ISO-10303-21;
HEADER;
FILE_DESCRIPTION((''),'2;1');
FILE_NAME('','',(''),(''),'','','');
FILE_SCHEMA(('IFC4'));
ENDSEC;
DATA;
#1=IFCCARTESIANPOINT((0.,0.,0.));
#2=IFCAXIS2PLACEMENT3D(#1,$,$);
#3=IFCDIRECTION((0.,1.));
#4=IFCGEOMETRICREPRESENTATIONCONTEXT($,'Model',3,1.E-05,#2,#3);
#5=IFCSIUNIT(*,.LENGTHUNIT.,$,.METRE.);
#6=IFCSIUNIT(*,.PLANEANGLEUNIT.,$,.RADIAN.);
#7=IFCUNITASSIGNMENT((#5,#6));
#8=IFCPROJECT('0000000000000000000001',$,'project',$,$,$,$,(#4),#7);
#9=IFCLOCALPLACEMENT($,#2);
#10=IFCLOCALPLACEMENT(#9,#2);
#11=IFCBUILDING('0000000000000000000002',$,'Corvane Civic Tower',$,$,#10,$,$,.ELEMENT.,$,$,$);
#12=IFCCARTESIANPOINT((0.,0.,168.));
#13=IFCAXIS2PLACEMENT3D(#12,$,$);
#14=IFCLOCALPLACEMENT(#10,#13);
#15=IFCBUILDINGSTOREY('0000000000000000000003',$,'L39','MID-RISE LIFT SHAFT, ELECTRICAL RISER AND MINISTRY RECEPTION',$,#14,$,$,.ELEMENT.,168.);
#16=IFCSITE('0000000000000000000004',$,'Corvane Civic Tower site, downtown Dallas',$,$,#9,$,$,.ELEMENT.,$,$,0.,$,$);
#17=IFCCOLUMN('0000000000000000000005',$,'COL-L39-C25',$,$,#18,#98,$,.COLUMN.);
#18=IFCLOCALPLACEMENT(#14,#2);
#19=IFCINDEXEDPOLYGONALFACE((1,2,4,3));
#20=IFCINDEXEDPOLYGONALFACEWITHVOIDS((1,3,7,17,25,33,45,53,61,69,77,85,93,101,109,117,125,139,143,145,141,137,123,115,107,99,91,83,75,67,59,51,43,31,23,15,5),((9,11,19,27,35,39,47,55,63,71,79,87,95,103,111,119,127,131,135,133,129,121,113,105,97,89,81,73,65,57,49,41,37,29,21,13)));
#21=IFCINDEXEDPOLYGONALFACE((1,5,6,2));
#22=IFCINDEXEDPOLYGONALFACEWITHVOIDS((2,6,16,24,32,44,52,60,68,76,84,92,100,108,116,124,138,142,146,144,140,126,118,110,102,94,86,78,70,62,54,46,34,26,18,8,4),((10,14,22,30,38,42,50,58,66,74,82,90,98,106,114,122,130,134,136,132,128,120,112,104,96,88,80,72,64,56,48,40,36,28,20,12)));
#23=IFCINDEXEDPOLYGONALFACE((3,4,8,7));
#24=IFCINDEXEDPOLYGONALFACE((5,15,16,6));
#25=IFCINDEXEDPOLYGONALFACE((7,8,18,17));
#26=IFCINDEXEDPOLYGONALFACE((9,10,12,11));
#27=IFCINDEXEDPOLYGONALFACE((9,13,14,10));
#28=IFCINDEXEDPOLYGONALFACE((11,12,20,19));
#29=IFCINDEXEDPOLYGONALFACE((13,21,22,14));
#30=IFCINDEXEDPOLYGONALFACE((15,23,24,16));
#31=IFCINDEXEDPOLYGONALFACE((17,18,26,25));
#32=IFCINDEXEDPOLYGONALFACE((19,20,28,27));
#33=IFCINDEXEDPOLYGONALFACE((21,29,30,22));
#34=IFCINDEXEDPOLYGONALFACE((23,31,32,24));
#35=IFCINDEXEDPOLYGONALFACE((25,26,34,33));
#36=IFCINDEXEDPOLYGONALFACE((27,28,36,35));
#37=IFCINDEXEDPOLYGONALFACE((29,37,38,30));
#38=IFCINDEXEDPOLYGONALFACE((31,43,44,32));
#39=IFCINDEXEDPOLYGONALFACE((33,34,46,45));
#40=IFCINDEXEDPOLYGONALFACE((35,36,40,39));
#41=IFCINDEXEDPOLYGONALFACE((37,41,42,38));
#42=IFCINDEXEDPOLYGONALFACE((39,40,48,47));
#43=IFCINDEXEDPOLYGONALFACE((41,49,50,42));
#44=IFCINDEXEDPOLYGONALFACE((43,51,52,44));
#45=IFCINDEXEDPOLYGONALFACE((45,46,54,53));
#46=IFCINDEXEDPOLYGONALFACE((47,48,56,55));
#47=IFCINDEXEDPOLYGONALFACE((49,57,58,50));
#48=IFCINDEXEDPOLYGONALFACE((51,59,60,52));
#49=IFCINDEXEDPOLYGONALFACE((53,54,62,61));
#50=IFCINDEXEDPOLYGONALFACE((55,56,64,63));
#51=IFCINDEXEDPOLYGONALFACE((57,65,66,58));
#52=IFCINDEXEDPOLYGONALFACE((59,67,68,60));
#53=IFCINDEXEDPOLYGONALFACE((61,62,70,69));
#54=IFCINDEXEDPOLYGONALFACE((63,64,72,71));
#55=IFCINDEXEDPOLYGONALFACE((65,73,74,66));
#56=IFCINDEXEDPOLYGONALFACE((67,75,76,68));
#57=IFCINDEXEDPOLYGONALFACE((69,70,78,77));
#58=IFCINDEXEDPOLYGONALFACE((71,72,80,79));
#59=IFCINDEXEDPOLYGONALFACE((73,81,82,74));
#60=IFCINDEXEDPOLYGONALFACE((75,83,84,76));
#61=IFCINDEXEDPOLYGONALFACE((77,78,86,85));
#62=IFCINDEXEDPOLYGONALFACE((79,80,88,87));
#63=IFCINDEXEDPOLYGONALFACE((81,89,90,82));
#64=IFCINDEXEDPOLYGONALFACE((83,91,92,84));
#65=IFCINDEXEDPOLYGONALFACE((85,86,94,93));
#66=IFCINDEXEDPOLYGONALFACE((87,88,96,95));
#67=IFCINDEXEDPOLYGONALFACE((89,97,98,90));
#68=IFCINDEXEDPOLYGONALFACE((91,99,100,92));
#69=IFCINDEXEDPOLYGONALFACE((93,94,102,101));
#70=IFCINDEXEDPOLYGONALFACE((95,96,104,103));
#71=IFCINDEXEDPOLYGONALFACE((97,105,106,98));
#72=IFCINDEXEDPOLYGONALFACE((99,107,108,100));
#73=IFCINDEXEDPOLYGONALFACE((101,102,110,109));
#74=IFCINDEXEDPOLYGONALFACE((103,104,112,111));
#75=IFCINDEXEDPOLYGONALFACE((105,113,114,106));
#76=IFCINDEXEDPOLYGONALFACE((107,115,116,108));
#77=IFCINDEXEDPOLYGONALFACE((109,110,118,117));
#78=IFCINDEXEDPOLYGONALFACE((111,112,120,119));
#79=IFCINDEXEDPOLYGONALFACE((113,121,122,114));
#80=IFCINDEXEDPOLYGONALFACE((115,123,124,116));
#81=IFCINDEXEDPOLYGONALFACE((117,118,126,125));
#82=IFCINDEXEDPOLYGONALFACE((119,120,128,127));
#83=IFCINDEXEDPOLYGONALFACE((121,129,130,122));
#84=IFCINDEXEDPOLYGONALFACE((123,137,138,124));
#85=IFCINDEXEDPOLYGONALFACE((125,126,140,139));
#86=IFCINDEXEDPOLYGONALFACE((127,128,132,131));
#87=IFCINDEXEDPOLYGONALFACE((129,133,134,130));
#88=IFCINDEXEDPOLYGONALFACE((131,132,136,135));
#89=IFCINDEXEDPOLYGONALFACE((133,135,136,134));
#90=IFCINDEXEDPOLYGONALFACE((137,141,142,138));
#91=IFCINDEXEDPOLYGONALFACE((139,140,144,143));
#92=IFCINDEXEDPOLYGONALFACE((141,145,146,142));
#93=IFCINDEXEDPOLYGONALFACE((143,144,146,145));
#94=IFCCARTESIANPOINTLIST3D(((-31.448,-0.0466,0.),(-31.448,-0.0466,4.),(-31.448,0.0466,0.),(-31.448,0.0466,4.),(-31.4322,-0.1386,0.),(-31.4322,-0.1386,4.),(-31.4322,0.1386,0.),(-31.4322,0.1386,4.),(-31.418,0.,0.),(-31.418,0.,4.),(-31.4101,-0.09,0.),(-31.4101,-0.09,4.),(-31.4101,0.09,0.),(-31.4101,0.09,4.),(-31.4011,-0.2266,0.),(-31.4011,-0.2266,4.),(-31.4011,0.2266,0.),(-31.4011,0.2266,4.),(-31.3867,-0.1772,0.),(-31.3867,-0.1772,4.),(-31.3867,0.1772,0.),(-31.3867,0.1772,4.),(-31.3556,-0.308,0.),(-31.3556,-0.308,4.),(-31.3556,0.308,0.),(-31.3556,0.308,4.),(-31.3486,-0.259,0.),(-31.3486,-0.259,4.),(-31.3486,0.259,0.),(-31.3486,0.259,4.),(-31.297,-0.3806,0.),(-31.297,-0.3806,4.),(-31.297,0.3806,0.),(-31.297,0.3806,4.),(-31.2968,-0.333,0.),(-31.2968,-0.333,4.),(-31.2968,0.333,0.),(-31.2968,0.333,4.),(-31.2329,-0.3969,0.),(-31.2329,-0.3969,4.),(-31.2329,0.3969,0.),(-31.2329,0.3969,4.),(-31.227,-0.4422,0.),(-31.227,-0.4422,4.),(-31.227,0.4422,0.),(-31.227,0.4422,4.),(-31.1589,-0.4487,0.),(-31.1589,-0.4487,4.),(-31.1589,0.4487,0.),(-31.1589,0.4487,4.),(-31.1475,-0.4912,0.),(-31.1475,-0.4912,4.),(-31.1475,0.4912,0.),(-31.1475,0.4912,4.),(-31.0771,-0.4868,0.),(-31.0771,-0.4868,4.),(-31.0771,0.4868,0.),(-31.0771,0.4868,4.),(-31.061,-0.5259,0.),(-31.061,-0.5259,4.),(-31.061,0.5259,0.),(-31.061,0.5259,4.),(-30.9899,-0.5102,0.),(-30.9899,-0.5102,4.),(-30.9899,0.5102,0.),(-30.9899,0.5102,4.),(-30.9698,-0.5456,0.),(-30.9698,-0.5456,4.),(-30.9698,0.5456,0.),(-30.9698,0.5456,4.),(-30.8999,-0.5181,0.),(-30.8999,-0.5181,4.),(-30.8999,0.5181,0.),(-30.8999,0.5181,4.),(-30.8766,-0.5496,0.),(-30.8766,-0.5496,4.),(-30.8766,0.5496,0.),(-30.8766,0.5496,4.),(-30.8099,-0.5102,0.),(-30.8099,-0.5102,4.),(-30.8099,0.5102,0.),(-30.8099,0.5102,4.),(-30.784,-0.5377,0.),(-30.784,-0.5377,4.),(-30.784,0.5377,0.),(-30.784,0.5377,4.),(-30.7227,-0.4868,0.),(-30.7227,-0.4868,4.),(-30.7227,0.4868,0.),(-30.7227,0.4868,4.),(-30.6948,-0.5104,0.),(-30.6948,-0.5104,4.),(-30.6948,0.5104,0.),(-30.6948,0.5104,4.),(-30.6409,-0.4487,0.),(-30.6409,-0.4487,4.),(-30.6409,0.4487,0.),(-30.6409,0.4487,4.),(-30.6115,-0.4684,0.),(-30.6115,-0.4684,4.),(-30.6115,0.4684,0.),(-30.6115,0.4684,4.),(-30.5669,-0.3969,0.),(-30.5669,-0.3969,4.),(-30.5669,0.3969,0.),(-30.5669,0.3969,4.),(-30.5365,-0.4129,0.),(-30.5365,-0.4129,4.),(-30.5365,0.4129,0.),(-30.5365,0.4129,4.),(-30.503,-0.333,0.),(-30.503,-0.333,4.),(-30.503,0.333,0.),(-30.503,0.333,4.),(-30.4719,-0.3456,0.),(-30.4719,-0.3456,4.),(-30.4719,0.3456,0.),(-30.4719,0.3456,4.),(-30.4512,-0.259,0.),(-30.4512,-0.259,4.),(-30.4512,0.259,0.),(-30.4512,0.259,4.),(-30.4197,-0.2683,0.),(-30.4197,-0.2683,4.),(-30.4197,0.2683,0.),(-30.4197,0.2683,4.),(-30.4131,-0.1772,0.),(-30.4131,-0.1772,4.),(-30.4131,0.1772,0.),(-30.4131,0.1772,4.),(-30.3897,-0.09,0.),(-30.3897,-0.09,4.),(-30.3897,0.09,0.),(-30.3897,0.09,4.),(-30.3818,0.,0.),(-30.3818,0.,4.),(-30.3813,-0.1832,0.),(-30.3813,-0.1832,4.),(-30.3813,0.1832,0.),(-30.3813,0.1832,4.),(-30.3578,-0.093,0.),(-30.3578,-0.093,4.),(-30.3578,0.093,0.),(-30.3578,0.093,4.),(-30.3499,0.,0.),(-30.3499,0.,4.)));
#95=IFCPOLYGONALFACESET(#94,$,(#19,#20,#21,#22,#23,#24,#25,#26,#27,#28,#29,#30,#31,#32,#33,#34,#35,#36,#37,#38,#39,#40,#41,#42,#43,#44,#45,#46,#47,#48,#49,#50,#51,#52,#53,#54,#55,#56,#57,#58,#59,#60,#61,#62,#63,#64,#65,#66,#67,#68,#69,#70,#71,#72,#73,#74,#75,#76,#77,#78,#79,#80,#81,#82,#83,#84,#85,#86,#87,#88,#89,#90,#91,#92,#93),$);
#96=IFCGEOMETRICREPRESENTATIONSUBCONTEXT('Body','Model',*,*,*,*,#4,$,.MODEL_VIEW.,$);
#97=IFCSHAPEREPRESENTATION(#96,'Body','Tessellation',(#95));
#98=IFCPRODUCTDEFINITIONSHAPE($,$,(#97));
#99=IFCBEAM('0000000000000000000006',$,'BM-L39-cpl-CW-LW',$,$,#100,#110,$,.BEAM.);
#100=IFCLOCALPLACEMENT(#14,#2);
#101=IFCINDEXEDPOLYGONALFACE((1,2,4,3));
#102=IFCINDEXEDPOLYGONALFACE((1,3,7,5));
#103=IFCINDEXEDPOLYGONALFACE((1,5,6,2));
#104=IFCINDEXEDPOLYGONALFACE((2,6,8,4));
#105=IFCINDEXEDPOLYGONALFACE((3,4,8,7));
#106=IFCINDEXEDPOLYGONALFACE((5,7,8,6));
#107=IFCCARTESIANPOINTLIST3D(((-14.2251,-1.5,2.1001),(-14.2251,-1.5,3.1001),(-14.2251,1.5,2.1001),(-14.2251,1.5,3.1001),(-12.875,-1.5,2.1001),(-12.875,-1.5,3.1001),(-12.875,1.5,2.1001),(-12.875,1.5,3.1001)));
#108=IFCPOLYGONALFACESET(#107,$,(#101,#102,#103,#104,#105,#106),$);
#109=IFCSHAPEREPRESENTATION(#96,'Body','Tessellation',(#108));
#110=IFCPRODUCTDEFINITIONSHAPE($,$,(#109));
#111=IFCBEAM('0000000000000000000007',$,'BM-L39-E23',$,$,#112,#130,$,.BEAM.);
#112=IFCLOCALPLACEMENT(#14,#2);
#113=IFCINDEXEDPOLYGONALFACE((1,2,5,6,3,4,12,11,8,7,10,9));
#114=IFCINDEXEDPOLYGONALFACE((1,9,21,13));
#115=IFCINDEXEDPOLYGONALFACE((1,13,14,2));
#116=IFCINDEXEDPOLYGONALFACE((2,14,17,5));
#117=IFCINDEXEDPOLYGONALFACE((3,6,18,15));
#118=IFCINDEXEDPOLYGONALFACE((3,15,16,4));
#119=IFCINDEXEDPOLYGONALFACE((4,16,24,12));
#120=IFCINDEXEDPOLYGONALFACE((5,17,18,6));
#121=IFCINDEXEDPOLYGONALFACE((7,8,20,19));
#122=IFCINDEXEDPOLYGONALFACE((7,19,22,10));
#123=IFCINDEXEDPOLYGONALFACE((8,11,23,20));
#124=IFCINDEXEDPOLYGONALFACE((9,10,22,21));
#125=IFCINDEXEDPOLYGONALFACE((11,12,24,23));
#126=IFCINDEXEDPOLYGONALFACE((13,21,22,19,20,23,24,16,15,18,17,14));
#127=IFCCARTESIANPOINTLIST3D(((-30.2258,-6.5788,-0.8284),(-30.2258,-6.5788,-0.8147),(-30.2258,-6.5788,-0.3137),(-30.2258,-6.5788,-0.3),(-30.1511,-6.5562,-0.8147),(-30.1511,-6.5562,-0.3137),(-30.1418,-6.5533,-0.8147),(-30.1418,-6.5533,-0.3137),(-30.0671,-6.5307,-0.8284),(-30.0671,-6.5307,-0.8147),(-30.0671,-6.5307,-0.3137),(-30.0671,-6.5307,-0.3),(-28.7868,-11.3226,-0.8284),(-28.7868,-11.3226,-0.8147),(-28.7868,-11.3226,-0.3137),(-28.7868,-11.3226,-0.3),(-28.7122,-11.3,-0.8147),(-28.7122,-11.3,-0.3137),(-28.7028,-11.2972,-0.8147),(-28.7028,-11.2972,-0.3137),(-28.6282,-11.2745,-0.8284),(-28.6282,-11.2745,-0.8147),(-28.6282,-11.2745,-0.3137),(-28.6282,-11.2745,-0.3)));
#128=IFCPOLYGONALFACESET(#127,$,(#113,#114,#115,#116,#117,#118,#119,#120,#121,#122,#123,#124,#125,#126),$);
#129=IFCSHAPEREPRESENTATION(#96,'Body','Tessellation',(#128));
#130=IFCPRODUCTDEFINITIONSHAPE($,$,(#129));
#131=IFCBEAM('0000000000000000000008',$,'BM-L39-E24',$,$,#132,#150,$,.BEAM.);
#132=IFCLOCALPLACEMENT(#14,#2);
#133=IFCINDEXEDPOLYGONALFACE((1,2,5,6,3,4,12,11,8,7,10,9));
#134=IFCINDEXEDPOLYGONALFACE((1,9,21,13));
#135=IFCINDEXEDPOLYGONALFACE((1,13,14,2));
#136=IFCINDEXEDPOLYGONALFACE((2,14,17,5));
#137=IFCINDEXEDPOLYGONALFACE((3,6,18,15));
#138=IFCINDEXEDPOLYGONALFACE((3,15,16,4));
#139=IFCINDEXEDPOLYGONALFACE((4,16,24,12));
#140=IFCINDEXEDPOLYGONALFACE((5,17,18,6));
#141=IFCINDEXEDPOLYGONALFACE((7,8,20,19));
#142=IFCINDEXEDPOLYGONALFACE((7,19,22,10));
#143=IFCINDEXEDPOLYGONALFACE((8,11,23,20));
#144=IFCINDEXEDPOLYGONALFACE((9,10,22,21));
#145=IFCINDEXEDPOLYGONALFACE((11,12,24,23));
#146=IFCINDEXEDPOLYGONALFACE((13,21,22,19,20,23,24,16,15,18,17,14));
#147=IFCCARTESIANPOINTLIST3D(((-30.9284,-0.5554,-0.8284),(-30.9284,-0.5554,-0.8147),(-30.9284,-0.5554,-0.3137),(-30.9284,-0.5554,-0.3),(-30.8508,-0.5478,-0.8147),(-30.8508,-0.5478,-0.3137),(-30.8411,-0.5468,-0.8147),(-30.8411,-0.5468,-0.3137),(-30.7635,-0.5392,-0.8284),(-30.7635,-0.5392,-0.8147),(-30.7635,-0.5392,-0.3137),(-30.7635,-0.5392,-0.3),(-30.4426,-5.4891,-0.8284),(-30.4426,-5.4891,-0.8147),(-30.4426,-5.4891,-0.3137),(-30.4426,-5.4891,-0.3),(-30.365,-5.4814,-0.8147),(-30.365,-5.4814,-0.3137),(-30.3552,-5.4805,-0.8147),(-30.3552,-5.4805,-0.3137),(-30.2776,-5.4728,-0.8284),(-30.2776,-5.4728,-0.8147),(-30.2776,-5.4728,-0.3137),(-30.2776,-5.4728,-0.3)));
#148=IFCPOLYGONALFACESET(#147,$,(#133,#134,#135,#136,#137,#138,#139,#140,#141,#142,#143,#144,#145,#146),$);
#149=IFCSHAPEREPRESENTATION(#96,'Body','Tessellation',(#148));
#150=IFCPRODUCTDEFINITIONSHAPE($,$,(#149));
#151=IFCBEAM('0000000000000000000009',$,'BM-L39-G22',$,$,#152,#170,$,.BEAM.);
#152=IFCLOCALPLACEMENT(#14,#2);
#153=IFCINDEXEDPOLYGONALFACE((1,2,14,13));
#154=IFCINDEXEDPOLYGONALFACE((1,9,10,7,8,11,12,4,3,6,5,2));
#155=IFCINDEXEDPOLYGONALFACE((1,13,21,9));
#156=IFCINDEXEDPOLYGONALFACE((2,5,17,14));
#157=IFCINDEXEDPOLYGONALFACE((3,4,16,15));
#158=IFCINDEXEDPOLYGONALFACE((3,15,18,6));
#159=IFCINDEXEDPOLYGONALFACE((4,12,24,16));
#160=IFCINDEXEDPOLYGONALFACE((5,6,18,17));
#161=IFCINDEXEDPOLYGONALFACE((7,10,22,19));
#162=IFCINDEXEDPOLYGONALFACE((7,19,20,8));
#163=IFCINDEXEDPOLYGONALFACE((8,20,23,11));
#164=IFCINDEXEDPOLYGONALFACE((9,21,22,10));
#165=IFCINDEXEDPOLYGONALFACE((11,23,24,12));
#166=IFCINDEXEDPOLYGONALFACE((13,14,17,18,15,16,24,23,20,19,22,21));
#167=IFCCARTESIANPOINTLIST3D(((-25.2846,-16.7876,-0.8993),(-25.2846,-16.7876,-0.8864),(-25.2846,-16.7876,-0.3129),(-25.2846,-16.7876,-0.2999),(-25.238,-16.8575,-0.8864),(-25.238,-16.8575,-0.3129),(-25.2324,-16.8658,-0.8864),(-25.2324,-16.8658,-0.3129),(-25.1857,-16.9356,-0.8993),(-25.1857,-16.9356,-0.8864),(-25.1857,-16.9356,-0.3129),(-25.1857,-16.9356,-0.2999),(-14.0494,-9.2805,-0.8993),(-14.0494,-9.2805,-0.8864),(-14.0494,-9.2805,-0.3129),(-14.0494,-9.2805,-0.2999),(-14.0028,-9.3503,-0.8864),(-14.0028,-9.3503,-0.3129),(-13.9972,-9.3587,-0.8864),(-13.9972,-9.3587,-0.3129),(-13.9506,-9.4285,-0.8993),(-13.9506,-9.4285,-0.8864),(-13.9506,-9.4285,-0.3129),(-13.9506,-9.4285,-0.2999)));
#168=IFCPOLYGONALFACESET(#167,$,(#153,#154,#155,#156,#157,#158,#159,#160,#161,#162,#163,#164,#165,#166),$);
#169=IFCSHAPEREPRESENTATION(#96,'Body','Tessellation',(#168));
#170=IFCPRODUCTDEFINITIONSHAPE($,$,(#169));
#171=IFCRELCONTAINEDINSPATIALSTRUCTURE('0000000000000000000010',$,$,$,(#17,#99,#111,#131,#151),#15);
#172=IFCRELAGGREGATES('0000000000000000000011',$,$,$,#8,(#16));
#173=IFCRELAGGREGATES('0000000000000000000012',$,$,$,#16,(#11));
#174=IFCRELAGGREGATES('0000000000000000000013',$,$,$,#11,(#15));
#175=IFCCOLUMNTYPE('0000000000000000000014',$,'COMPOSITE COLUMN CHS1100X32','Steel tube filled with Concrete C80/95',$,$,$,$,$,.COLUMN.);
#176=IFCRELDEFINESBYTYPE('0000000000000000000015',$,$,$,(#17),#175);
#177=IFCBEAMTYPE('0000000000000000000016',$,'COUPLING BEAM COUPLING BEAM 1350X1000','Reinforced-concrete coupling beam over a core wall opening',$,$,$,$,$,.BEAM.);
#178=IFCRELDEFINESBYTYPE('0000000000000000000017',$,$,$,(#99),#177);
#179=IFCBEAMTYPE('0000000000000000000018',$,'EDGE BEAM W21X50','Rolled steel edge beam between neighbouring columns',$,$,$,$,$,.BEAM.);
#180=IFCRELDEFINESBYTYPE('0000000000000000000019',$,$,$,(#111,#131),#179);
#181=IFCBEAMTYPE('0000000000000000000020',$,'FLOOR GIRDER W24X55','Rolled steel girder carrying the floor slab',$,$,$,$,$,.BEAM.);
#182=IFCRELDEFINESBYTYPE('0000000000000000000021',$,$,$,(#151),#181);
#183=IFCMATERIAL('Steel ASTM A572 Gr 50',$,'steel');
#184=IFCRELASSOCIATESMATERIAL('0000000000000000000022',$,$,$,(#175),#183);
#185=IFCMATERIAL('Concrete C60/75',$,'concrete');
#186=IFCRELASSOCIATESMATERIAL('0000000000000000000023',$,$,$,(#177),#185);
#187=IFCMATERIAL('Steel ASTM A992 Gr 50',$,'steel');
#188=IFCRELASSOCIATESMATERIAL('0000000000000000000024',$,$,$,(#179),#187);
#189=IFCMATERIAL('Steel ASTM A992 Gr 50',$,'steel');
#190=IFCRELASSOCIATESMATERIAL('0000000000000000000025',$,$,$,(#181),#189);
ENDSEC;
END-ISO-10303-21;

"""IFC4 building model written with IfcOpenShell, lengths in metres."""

from ifc_helpers import new_model, si_unit, direction, frame, origin, origin_2d, place, context, subcontext, project, spatial, rectangle, hollow_circle, i_section, extrude, material, material_profile, profile_set, type_object, element, save


model = new_model("IFC4")

# Units and contexts
model_context = context("Model", 3, precision=1e-05, world=origin(), true_north=direction((0.0, 1.0)))
body_context = subcontext(model_context, "Body", "Model", "MODEL_VIEW")
ifc_project = project(units=[si_unit("LENGTHUNIT", "METRE"), si_unit("PLANEANGLEUNIT", "RADIAN")], contexts=[model_context])

# Site, building, storey
site_placement = place(None, origin())
site = spatial("IfcSite", under=ifc_project, at=site_placement, Name="Corvane Civic Tower site, downtown Dallas", CompositionType="ELEMENT", RefElevation=0.0)
building_placement = place(site_placement, origin())
building = spatial("IfcBuilding", under=site, at=building_placement, Name="Corvane Civic Tower", CompositionType="ELEMENT")
storey_placement = place(building_placement, frame((0.0, 0.0, 168.0)))
storey = spatial("IfcBuildingStorey", under=building, at=storey_placement, Name="L39", Description="MID-RISE LIFT SHAFT, ELECTRICAL RISER AND MINISTRY RECEPTION", CompositionType="ELEMENT", Elevation=168.0)

# Column
ifc_material_1 = material(Name="Steel ASTM A572 Gr 50", Category="steel")
ifc_material_profile_1 = material_profile(ifc_material_1, hollow_circle(Radius=0.55, WallThickness=0.032, at=origin_2d()), Name="CHS1100X32")
ifc_profile_set_1 = profile_set([ifc_material_profile_1], Name="Steel ASTM A572 Gr 50")
column_type = type_object("IfcColumnType", Name="COMPOSITE COLUMN CHS1100X32", Description="Steel tube filled with Concrete C80/95", PredefinedType="COLUMN", material=ifc_profile_set_1)
for number, where, z_axis, x_axis, name in (
    (1, (-30.8999, 0.0, 0.0), (0.0, 0.0, 1.0), (1.0, 0.0, 0.0), "COL-L39-C25"),
):
    element("IfcColumn", number, at=place(storey_placement, frame(where, z_axis=z_axis, x_axis=x_axis)), inside=storey, type_object=column_type, Name=name, PredefinedType="COLUMN", context=body_context, shape_type="SweptSolid", body=[
        extrude(hollow_circle(Radius=0.55, WallThickness=0.032, at=origin_2d()), origin(), (0.0, 0.0, 1.0), 4.0),
    ])

# Beams
ifc_material_2 = material(Name="Concrete C60/75", Category="concrete")
ifc_material_profile_2 = material_profile(ifc_material_2, rectangle(XDim=1.3501, YDim=1.0, at=origin_2d()), Name="COUPLING BEAM 1350X1000")
ifc_profile_set_2 = profile_set([ifc_material_profile_2], Name="Concrete C60/75")
beam_type_1 = type_object("IfcBeamType", Name="COUPLING BEAM COUPLING BEAM 1350X1000", Description="Reinforced-concrete coupling beam over a core wall opening", PredefinedType="BEAM", material=ifc_profile_set_2)
beam_1_placement = place(storey_placement, frame((-13.55, -1.5, 2.6001), z_axis=(0.0, 1.0, 0.0), x_axis=(-1.0, 0.0, 0.0)))
element("IfcBeam", 2, at=beam_1_placement, inside=storey, type_object=beam_type_1, Name="BM-L39-cpl-CW-LW", PredefinedType="BEAM", context=body_context, shape_type="SweptSolid", body=[
    extrude(rectangle(XDim=1.3501, YDim=1.0, at=origin_2d()), origin(), (0.0, 0.0, 1.0), 3.0),
])
ifc_material_3 = material(Name="Steel ASTM A992 Gr 50", Category="steel")
ifc_material_profile_3 = material_profile(ifc_material_3, i_section(OverallWidth=0.1658, OverallDepth=0.5283, WebThickness=0.0098, FlangeThickness=0.0137, at=origin_2d()), Name="W21X50")
ifc_profile_set_3 = profile_set([ifc_material_profile_3], Name="Steel ASTM A992 Gr 50")
beam_type_2 = type_object("IfcBeamType", Name="EDGE BEAM W21X50", Description="Rolled steel edge beam between neighbouring columns", PredefinedType="BEAM", material=ifc_profile_set_3)
beam_2_placement = place(storey_placement, frame((-28.7075, -11.2986, -0.5642), z_axis=(-0.29027, 0.956945, 0.0), x_axis=(-0.956945, -0.29027, 0.0)))
element("IfcBeam", 3, at=beam_2_placement, inside=storey, type_object=beam_type_2, Name="BM-L39-E23", PredefinedType="BEAM", context=body_context, shape_type="SweptSolid", body=[
    extrude(i_section(OverallWidth=0.1658, OverallDepth=0.5283, WebThickness=0.0098, FlangeThickness=0.0137, at=origin_2d()), origin(), (0.0, 0.0, 1.0), 4.9573),
])
beam_3_placement = place(storey_placement, frame((-30.3601, -5.481, -0.5642), z_axis=(-0.098002, 0.995186, 0.0), x_axis=(-0.995186, -0.098002, 0.0)))
element("IfcBeam", 4, at=beam_3_placement, inside=storey, type_object=beam_type_2, Name="BM-L39-E24", PredefinedType="BEAM", context=body_context, shape_type="SweptSolid", body=[
    extrude(i_section(OverallWidth=0.1658, OverallDepth=0.5283, WebThickness=0.0098, FlangeThickness=0.0137, at=origin_2d()), origin(), (0.0, 0.0, 1.0), 4.9575),
])
ifc_material_4 = material(Name="Steel ASTM A992 Gr 50", Category="steel")
ifc_material_profile_4 = material_profile(ifc_material_4, i_section(OverallWidth=0.178, OverallDepth=0.5994, WebThickness=0.01, FlangeThickness=0.0129, at=origin_2d()), Name="W24X55")
ifc_profile_set_4 = profile_set([ifc_material_profile_4], Name="Steel ASTM A992 Gr 50")
beam_type_3 = type_object("IfcBeamType", Name="FLOOR GIRDER W24X55", Description="Rolled steel girder carrying the floor slab", PredefinedType="BEAM", material=ifc_profile_set_4)
beam_4_placement = place(storey_placement, frame((-14.0, -9.3545, -0.5996), z_axis=(-0.831469, -0.555571, 0.0), x_axis=(0.555571, -0.831469, 0.0)))
element("IfcBeam", 5, at=beam_4_placement, inside=storey, type_object=beam_type_3, Name="BM-L39-G22", PredefinedType="BEAM", context=body_context, shape_type="SweptSolid", body=[
    extrude(i_section(OverallWidth=0.178, OverallDepth=0.5994, WebThickness=0.01, FlangeThickness=0.0129, at=origin_2d()), origin(), (0.0, 0.0, 1.0), 13.5125),
])

save(model, "model.ifc")
